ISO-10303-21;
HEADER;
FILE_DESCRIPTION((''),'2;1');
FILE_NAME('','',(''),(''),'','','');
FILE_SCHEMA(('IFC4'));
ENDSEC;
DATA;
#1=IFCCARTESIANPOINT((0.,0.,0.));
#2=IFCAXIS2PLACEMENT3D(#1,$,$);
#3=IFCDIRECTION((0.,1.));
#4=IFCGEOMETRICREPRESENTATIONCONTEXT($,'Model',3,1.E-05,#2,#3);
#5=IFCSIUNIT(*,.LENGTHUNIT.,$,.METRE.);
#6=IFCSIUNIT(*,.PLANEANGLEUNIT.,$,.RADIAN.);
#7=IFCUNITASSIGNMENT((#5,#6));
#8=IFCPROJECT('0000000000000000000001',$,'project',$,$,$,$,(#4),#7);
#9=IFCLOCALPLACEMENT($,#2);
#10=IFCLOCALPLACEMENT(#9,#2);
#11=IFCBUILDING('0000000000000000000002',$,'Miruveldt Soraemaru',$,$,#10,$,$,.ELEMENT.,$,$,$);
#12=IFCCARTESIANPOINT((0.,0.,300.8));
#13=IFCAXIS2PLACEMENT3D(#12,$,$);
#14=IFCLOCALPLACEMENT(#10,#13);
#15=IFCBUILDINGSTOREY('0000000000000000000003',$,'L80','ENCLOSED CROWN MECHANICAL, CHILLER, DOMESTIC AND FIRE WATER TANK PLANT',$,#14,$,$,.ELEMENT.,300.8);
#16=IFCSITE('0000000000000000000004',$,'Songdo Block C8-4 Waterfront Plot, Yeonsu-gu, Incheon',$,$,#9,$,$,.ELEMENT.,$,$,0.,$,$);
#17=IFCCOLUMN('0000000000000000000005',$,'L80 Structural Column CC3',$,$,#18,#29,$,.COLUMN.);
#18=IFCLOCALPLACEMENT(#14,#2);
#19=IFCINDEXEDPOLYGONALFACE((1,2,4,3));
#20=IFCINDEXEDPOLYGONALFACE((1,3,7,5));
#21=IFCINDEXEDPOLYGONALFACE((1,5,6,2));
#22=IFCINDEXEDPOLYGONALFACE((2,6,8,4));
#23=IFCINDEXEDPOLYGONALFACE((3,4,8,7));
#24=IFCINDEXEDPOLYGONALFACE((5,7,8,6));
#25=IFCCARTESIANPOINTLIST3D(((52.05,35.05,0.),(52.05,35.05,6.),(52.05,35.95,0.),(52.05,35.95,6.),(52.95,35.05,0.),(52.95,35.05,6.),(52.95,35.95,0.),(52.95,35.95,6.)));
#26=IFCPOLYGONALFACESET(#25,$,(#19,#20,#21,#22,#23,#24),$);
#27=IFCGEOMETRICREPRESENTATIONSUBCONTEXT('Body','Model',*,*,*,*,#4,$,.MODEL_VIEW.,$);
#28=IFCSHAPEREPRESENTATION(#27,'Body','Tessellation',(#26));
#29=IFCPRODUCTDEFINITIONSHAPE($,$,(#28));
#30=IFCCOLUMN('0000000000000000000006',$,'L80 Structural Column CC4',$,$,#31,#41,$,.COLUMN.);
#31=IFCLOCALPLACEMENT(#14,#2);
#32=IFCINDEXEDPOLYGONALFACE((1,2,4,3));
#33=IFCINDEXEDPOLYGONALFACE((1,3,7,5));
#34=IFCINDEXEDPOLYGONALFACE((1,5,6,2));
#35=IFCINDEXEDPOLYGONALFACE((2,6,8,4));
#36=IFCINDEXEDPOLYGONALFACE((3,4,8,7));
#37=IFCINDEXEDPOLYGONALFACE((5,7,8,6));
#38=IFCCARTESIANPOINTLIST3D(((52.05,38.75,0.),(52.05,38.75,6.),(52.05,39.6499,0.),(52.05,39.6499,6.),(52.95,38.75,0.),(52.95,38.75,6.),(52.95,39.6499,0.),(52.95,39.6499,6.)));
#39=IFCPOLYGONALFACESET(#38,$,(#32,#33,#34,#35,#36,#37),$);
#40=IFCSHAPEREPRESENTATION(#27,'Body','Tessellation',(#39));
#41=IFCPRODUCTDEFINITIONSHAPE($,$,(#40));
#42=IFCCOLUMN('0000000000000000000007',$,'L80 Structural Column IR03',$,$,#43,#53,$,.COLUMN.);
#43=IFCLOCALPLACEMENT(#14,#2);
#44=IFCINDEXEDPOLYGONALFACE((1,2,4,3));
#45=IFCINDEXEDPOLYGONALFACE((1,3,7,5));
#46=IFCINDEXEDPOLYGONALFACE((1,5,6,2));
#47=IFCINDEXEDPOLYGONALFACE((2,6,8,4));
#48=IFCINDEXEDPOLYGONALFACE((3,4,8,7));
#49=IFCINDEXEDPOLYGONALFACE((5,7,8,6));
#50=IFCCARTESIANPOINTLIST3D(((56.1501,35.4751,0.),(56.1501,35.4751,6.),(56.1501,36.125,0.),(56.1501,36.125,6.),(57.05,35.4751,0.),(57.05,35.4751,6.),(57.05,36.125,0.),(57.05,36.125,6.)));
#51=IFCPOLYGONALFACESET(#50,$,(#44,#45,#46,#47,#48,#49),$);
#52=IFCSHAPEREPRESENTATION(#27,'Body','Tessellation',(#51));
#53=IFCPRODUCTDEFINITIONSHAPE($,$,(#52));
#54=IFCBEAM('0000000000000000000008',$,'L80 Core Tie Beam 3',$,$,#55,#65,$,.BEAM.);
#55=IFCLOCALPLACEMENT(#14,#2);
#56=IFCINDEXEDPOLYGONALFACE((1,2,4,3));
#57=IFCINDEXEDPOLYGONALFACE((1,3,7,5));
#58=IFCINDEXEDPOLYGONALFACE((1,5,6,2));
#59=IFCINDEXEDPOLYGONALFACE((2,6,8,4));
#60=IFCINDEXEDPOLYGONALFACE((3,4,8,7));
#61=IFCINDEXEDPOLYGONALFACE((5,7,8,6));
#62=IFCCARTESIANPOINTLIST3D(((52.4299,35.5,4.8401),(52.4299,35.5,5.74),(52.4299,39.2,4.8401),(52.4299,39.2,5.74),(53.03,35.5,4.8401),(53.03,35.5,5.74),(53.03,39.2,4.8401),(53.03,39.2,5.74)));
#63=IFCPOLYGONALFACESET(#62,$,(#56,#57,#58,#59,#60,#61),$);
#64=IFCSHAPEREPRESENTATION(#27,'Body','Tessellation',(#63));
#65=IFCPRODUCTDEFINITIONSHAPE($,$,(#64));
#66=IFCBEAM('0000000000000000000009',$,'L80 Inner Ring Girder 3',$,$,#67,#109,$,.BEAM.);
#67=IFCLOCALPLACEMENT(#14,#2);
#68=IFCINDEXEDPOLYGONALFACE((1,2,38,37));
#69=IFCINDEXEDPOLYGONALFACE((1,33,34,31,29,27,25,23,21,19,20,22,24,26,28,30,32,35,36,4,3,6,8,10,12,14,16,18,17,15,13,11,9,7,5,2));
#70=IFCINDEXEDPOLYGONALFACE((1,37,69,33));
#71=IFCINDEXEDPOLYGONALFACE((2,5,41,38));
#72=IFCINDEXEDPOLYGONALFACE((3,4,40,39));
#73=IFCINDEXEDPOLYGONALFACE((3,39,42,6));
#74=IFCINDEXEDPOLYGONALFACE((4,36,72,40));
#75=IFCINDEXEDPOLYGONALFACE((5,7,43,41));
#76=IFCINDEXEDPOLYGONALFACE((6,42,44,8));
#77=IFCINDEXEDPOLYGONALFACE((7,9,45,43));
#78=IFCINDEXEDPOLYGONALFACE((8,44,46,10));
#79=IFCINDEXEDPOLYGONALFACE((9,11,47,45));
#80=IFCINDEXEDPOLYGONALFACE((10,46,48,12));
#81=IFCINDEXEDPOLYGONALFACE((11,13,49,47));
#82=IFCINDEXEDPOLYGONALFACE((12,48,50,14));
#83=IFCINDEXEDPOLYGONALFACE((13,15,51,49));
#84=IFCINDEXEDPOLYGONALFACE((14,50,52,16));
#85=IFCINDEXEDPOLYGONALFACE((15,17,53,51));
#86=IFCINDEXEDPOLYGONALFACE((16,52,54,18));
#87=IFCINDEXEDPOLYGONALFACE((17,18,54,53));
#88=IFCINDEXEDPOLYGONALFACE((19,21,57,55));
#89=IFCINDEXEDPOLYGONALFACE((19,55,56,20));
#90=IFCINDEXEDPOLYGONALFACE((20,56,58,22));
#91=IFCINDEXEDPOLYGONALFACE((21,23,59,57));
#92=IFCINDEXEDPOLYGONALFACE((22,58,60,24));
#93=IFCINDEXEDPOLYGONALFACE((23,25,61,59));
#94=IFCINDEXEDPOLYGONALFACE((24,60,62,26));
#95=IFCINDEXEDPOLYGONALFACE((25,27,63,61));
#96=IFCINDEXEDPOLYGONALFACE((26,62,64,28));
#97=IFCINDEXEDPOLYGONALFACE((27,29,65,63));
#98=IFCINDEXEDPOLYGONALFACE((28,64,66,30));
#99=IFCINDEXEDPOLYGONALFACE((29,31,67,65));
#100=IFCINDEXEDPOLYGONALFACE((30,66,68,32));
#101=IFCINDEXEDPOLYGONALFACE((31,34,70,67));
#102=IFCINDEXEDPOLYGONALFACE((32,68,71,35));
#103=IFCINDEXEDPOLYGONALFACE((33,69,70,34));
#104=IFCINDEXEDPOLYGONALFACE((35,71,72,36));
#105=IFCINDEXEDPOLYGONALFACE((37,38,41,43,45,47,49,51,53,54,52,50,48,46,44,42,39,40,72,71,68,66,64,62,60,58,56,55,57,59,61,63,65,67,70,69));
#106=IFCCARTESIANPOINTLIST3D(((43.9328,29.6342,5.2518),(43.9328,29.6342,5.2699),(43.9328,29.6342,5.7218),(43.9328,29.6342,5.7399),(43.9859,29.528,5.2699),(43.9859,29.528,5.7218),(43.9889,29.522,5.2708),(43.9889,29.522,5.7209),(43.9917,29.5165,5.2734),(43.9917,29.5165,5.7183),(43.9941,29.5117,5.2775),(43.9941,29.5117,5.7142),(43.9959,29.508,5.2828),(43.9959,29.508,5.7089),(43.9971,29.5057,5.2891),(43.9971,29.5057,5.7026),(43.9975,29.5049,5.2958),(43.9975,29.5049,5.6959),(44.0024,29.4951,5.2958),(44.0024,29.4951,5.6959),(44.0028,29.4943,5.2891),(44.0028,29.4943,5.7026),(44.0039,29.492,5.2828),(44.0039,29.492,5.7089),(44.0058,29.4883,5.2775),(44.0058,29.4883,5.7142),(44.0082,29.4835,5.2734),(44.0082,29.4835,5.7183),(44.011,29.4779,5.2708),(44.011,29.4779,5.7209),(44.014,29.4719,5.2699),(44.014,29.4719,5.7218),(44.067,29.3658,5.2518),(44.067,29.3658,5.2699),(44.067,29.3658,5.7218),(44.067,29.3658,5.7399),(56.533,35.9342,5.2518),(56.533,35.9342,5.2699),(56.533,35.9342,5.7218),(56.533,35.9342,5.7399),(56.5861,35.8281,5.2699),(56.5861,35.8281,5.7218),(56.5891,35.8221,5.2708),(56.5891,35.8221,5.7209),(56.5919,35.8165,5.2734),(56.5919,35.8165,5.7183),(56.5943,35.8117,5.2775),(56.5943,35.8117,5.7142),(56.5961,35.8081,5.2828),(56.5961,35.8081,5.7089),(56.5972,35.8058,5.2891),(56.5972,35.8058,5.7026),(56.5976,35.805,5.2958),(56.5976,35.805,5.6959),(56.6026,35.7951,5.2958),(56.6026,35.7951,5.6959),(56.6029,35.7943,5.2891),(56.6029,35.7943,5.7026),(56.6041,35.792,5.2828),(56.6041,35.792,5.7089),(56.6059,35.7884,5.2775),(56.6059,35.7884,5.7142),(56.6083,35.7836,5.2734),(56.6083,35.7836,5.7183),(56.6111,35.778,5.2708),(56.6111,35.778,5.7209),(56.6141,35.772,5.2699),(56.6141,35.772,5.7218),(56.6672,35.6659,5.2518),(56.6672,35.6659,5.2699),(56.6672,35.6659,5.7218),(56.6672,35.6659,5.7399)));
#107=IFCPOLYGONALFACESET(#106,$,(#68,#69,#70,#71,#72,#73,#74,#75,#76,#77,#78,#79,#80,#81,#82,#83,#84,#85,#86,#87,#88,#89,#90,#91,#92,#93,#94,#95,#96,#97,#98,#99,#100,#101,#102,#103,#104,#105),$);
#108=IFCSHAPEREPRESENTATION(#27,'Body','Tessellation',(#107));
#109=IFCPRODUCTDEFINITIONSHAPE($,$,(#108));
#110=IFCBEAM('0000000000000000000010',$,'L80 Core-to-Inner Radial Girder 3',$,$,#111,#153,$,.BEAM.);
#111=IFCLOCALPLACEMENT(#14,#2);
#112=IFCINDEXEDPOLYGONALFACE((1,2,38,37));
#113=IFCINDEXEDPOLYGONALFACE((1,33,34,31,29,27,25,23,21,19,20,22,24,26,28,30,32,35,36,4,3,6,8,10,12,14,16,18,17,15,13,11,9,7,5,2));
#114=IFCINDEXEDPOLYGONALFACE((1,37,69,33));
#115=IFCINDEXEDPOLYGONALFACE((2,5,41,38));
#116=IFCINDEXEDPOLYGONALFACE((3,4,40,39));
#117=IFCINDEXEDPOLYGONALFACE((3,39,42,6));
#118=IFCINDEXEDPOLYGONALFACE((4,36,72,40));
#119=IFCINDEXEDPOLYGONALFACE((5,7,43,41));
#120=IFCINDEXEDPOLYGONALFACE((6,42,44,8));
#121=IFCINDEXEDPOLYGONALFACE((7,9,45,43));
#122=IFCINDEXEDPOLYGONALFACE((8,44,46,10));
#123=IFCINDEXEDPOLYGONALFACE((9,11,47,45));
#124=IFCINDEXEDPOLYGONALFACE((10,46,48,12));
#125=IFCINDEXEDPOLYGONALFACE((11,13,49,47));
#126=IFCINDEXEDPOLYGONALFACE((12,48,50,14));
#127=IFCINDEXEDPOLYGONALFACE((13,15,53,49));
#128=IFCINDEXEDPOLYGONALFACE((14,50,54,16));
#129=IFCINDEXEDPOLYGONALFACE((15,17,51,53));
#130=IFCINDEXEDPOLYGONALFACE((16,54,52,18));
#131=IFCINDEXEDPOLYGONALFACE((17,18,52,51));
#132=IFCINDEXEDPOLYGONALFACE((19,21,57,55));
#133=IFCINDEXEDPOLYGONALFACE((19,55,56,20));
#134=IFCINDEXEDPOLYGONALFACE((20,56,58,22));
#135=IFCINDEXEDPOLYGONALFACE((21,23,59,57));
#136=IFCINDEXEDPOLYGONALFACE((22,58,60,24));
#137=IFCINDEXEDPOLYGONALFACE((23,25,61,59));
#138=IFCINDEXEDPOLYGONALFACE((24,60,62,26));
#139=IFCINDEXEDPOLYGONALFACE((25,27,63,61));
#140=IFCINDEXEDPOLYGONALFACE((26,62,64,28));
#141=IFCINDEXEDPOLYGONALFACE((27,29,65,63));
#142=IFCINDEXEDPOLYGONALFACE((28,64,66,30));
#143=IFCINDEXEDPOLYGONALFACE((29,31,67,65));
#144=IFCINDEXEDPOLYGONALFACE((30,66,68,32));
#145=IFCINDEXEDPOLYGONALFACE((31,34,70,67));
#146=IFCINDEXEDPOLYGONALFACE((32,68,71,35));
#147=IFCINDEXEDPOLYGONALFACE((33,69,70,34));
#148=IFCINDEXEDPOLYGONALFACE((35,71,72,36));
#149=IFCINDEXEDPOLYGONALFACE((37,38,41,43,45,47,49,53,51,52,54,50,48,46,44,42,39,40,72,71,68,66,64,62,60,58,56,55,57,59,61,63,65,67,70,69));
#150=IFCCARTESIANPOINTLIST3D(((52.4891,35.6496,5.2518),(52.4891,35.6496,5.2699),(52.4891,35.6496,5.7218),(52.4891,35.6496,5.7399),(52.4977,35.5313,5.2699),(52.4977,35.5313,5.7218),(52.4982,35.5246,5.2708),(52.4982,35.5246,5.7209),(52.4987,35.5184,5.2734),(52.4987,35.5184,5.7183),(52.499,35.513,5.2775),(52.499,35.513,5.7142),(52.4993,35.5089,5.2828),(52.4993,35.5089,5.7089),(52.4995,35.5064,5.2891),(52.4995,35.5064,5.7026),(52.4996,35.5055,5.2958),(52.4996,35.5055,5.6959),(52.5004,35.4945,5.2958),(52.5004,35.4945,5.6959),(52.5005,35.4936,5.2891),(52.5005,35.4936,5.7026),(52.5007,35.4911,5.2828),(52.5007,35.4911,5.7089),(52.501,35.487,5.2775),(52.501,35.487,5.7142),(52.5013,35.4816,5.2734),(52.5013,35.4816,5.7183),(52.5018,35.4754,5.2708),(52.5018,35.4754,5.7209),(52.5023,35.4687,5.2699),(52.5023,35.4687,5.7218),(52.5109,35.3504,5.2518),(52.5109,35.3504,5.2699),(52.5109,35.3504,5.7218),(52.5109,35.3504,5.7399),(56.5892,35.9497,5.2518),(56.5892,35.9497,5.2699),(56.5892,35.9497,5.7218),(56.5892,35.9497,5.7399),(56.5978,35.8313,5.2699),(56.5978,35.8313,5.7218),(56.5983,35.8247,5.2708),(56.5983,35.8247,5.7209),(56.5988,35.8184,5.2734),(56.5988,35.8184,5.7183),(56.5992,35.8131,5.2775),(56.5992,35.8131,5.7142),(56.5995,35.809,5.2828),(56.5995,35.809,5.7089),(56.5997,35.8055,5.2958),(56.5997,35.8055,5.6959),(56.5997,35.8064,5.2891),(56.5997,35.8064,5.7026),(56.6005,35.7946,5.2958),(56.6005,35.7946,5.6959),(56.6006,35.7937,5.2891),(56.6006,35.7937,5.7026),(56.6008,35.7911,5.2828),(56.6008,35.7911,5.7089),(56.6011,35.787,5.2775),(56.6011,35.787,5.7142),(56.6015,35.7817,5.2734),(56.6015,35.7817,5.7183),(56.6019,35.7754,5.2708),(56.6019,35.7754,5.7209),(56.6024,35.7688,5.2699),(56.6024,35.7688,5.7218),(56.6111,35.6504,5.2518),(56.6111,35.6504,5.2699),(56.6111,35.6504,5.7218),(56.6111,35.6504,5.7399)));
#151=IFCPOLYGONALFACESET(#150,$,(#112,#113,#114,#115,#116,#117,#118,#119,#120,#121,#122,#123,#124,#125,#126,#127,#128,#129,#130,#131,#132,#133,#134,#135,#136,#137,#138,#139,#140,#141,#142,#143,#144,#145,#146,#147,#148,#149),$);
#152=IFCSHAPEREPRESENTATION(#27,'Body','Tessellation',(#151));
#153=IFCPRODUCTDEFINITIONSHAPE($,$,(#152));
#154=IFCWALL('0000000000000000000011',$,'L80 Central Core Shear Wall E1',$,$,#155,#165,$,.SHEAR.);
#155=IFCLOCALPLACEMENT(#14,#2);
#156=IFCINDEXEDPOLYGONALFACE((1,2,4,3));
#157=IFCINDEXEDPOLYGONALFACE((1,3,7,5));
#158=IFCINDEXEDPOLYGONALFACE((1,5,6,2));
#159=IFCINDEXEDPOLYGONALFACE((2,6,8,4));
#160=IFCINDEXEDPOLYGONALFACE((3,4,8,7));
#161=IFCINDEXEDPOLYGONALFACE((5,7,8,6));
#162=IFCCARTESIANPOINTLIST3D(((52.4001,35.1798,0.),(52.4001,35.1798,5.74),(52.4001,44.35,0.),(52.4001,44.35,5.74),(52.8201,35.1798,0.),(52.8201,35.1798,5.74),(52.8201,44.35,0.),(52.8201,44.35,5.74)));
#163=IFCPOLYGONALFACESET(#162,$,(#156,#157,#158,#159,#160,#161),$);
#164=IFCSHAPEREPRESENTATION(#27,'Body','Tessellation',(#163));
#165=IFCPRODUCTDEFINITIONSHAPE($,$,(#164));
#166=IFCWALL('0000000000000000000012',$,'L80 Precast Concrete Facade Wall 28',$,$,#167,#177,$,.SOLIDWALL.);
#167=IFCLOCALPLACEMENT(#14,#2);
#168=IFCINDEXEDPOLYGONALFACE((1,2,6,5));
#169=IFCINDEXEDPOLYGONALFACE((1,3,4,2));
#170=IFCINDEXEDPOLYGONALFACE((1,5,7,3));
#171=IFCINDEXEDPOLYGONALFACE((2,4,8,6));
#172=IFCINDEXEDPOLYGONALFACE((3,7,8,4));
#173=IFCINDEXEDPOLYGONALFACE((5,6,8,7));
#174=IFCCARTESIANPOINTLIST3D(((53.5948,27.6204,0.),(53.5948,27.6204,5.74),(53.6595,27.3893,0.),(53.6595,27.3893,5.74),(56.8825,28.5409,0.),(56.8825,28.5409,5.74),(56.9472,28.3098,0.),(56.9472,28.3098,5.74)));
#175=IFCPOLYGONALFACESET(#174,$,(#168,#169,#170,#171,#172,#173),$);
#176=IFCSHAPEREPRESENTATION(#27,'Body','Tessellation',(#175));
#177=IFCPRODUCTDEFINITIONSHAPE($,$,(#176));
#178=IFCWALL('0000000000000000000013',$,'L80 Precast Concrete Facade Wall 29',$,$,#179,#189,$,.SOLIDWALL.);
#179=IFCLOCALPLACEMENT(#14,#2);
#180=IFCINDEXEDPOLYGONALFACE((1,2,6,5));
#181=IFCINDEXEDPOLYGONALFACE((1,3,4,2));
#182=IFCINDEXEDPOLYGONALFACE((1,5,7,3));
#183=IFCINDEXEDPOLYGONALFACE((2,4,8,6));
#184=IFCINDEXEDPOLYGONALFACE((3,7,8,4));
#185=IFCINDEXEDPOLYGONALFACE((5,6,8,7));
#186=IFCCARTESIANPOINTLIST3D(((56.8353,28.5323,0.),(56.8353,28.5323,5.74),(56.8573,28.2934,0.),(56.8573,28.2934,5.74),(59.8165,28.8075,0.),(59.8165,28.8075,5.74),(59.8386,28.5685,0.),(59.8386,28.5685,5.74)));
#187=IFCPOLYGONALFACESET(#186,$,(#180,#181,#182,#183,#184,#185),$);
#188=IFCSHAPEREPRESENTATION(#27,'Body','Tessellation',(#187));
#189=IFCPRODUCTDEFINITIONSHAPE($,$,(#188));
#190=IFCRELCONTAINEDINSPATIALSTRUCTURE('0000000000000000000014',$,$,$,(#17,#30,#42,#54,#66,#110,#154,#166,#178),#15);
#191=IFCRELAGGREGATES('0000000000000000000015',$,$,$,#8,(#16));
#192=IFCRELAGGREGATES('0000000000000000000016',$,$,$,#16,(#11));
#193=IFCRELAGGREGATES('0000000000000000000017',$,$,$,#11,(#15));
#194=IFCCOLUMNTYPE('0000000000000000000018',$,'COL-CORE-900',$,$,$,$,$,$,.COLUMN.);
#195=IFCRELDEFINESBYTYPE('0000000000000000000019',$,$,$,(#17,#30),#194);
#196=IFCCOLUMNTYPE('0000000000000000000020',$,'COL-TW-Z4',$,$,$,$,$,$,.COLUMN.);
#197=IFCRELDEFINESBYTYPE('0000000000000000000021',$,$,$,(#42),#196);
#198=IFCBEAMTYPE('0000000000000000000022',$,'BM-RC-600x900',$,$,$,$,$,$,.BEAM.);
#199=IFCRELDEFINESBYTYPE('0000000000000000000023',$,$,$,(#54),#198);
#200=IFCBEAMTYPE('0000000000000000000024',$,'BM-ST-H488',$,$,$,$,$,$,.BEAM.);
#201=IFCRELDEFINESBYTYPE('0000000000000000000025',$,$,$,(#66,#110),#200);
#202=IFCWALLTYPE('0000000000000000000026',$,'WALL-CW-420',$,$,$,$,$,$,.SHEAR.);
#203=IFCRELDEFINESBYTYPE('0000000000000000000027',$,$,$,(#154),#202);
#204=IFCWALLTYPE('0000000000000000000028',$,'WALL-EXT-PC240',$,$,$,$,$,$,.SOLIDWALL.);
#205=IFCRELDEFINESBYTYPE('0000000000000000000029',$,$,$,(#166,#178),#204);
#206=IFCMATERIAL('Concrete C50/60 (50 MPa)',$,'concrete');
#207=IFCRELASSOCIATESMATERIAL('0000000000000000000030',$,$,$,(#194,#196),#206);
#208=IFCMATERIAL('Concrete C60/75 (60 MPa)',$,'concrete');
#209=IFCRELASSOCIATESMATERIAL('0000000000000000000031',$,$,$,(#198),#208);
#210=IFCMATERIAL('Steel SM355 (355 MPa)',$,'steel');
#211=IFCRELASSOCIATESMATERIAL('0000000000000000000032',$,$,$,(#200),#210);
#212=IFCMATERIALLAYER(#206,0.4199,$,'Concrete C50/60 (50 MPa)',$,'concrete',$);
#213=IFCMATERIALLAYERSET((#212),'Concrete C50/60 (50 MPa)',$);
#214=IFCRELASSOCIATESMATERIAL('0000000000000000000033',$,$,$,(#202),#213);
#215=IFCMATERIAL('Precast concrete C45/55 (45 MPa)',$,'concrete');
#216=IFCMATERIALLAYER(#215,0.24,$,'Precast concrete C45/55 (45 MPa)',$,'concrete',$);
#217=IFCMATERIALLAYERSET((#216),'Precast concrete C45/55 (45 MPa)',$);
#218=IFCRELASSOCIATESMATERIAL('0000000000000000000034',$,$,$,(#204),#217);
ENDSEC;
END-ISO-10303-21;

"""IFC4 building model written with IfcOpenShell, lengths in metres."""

from ifc_helpers import new_model, si_unit, direction, frame, frame_2d, origin, origin_2d, place, context, subcontext, project, spatial, rectangle, i_section, extrude, material, layer, layer_set, material_profile, profile_set, type_object, element, save


model = new_model("IFC4")

# Units and contexts
model_context = context("Model", 3, precision=1e-05, world=origin(), true_north=direction((0.0, 1.0)))
body_context = subcontext(model_context, "Body", "Model", "MODEL_VIEW")
ifc_project = project(units=[si_unit("LENGTHUNIT", "METRE"), si_unit("PLANEANGLEUNIT", "RADIAN")], contexts=[model_context])

# Site, building, storey
site_placement = place(None, origin())
site = spatial("IfcSite", under=ifc_project, at=site_placement, Name="Songdo Block C8-4 Waterfront Plot, Yeonsu-gu, Incheon", CompositionType="ELEMENT", RefElevation=0.0)
building_placement = place(site_placement, origin())
building = spatial("IfcBuilding", under=site, at=building_placement, Name="Miruveldt Soraemaru", CompositionType="ELEMENT")
storey_placement = place(building_placement, frame((0.0, 0.0, 300.8)))
storey = spatial("IfcBuildingStorey", under=building, at=storey_placement, Name="L80", Description="ENCLOSED CROWN MECHANICAL, CHILLER, DOMESTIC AND FIRE WATER TANK PLANT", CompositionType="ELEMENT", Elevation=300.8)

# Columns
ifc_material_1 = material(Name="Concrete C50/60 (50 MPa)", Category="concrete")
ifc_material_profile_1 = material_profile(ifc_material_1, rectangle(XDim=0.8999, YDim=0.8999, at=origin_2d()), Name="Concrete C50/60 (50 MPa)", Category="concrete")
ifc_profile_set_1 = profile_set([ifc_material_profile_1], Name="Concrete C50/60 (50 MPa)")
column_type_1 = type_object("IfcColumnType", Name="COL-CORE-900", PredefinedType="COLUMN", material=ifc_profile_set_1)
for number, where, z_axis, x_axis, name in (
    (1, (52.5, 35.5, 0.0), (0.0, 0.0, 1.0), (1.0, 0.0, 0.0), "L80 Structural Column CC3"),
    (2, (52.5, 39.2, 0.0), (0.0, 0.0, 1.0), (1.0, 0.0, 0.0), "L80 Structural Column CC4"),
):
    element("IfcColumn", number, at=place(storey_placement, frame(where, z_axis=z_axis, x_axis=x_axis)), inside=storey, type_object=column_type_1, Name=name, PredefinedType="COLUMN", context=body_context, shape_type="SweptSolid", body=[
        extrude(rectangle(XDim=0.8999, YDim=0.8999, at=origin_2d()), origin(), (0.0, 0.0, 1.0), 6.0),
    ])
ifc_material_profile_2 = material_profile(ifc_material_1, rectangle(XDim=0.8999, YDim=0.6499, at=origin_2d()), Name="Concrete C50/60 (50 MPa)", Category="concrete")
ifc_profile_set_2 = profile_set([ifc_material_profile_2], Name="Concrete C50/60 (50 MPa)")
column_type_2 = type_object("IfcColumnType", Name="COL-TW-Z4", PredefinedType="COLUMN", material=ifc_profile_set_2)
column_placement = place(storey_placement, frame((56.6001, 35.8, 0.0), z_axis=(0.0, 0.0, 1.0), x_axis=(1.0, 0.0, 0.0)))
element("IfcColumn", 3, at=column_placement, inside=storey, type_object=column_type_2, Name="L80 Structural Column IR03", PredefinedType="COLUMN", context=body_context, shape_type="SweptSolid", body=[
    extrude(rectangle(XDim=0.8999, YDim=0.6499, at=origin_2d()), origin(), (0.0, 0.0, 1.0), 6.0),
])

# Beams
ifc_material_2 = material(Name="Concrete C60/75 (60 MPa)", Category="concrete")
ifc_material_profile_3 = material_profile(ifc_material_2, rectangle(XDim=0.6001, YDim=0.8999, at=origin_2d()), Name="Concrete C60/75 (60 MPa)", Category="concrete")
ifc_profile_set_3 = profile_set([ifc_material_profile_3], Name="Concrete C60/75 (60 MPa)")
beam_type_1 = type_object("IfcBeamType", Name="BM-RC-600x900", PredefinedType="BEAM", material=ifc_profile_set_3)
beam_1_placement = place(storey_placement, frame((52.73, 35.5, 5.29), z_axis=(0.0, 1.0, 0.0), x_axis=(-1.0, 0.0, 0.0)))
element("IfcBeam", 4, at=beam_1_placement, inside=storey, type_object=beam_type_1, Name="L80 Core Tie Beam 3", PredefinedType="BEAM", context=body_context, shape_type="SweptSolid", body=[
    extrude(rectangle(XDim=0.6001, YDim=0.8999, at=origin_2d()), origin(), (0.0, 0.0, 1.0), 3.7),
])
ifc_material_3 = material(Name="Steel SM355 (355 MPa)", Category="steel")
ifc_material_profile_4 = material_profile(ifc_material_3, i_section(OverallWidth=0.3, OverallDepth=0.488, WebThickness=0.011, FlangeThickness=0.0181, FilletRadius=0.0259, at=origin_2d()), Name="Steel SM355 (355 MPa)", Category="steel")
ifc_profile_set_4 = profile_set([ifc_material_profile_4], Name="Steel SM355 (355 MPa)")
beam_type_2 = type_object("IfcBeamType", Name="BM-ST-H488", PredefinedType="BEAM", material=ifc_profile_set_4)
beam_2_placement = place(storey_placement, frame((56.6001, 35.8, 5.4958), z_axis=(-0.894427, -0.447214, 0.0), x_axis=(0.447214, -0.894427, 0.0)))
element("IfcBeam", 5, at=beam_2_placement, inside=storey, type_object=beam_type_2, Name="L80 Inner Ring Girder 3", PredefinedType="BEAM", context=body_context, shape_type="SweptSolid", body=[
    extrude(i_section(OverallWidth=0.3, OverallDepth=0.488, WebThickness=0.011, FlangeThickness=0.0181, FilletRadius=0.0259, at=origin_2d()), origin(), (0.0, 0.0, 1.0), 14.0874),
])
beam_3_placement = place(storey_placement, frame((52.5, 35.5, 5.4958), z_axis=(0.997333, 0.072986, 0.0), x_axis=(-0.072986, 0.997333, 0.0)))
element("IfcBeam", 6, at=beam_3_placement, inside=storey, type_object=beam_type_2, Name="L80 Core-to-Inner Radial Girder 3", PredefinedType="BEAM", context=body_context, shape_type="SweptSolid", body=[
    extrude(i_section(OverallWidth=0.3, OverallDepth=0.488, WebThickness=0.011, FlangeThickness=0.0181, FilletRadius=0.0259, at=origin_2d()), origin(), (0.0, 0.0, 1.0), 4.1111),
])

# Walls
ifc_layer_1 = layer(ifc_material_1, 0.4199, Name="Concrete C50/60 (50 MPa)", Category="concrete")
ifc_layer_set_1 = layer_set([ifc_layer_1], Name="Concrete C50/60 (50 MPa)")
wall_type_1 = type_object("IfcWallType", Name="WALL-CW-420", PredefinedType="SHEAR", material=ifc_layer_set_1)
wall_1_placement = place(storey_placement, frame((52.6101, 35.1799, 0.0), z_axis=(0.0, 0.0, 1.0), x_axis=(0.0, 1.0, 0.0)))
element("IfcWall", 7, at=wall_1_placement, inside=storey, type_object=wall_type_1, Name="L80 Central Core Shear Wall E1", PredefinedType="SHEAR", context=body_context, shape_type="SweptSolid", body=[
    extrude(rectangle(XDim=9.1702, YDim=0.4199, at=frame_2d((4.585, 0.0))), origin(), (0.0, 0.0, 1.0), 5.74),
])
ifc_material_4 = material(Name="Precast concrete C45/55 (45 MPa)", Category="concrete")
ifc_layer_2 = layer(ifc_material_4, 0.24, Name="Precast concrete C45/55 (45 MPa)", Category="concrete")
ifc_layer_set_2 = layer_set([ifc_layer_2], Name="Precast concrete C45/55 (45 MPa)")
wall_type_2 = type_object("IfcWallType", Name="WALL-EXT-PC240", PredefinedType="SOLIDWALL", material=ifc_layer_set_2)
wall_2_placement = place(storey_placement, frame((53.6272, 27.5049, 0.0), z_axis=(0.0, 0.0, 1.0), x_axis=(0.962973, 0.269598, 0.0)))
element("IfcWall", 8, at=wall_2_placement, inside=storey, type_object=wall_type_2, Name="L80 Precast Concrete Facade Wall 28", PredefinedType="SOLIDWALL", context=body_context, shape_type="SweptSolid", body=[
    extrude(rectangle(XDim=3.4141, YDim=0.24, at=frame_2d((1.707, 0.0))), origin(), (0.0, 0.0, 1.0), 5.74),
])
wall_3_placement = place(storey_placement, frame((56.8462, 28.4128, 0.0), z_axis=(0.0, 0.0, 1.0), x_axis=(0.995768, 0.091903, 0.0)))
element("IfcWall", 9, at=wall_3_placement, inside=storey, type_object=wall_type_2, Name="L80 Precast Concrete Facade Wall 29", PredefinedType="SOLIDWALL", context=body_context, shape_type="SweptSolid", body=[
    extrude(rectangle(XDim=2.9939, YDim=0.24, at=frame_2d((1.4971, 0.0))), origin(), (0.0, 0.0, 1.0), 5.74),
])

save(model, "model.ifc")
